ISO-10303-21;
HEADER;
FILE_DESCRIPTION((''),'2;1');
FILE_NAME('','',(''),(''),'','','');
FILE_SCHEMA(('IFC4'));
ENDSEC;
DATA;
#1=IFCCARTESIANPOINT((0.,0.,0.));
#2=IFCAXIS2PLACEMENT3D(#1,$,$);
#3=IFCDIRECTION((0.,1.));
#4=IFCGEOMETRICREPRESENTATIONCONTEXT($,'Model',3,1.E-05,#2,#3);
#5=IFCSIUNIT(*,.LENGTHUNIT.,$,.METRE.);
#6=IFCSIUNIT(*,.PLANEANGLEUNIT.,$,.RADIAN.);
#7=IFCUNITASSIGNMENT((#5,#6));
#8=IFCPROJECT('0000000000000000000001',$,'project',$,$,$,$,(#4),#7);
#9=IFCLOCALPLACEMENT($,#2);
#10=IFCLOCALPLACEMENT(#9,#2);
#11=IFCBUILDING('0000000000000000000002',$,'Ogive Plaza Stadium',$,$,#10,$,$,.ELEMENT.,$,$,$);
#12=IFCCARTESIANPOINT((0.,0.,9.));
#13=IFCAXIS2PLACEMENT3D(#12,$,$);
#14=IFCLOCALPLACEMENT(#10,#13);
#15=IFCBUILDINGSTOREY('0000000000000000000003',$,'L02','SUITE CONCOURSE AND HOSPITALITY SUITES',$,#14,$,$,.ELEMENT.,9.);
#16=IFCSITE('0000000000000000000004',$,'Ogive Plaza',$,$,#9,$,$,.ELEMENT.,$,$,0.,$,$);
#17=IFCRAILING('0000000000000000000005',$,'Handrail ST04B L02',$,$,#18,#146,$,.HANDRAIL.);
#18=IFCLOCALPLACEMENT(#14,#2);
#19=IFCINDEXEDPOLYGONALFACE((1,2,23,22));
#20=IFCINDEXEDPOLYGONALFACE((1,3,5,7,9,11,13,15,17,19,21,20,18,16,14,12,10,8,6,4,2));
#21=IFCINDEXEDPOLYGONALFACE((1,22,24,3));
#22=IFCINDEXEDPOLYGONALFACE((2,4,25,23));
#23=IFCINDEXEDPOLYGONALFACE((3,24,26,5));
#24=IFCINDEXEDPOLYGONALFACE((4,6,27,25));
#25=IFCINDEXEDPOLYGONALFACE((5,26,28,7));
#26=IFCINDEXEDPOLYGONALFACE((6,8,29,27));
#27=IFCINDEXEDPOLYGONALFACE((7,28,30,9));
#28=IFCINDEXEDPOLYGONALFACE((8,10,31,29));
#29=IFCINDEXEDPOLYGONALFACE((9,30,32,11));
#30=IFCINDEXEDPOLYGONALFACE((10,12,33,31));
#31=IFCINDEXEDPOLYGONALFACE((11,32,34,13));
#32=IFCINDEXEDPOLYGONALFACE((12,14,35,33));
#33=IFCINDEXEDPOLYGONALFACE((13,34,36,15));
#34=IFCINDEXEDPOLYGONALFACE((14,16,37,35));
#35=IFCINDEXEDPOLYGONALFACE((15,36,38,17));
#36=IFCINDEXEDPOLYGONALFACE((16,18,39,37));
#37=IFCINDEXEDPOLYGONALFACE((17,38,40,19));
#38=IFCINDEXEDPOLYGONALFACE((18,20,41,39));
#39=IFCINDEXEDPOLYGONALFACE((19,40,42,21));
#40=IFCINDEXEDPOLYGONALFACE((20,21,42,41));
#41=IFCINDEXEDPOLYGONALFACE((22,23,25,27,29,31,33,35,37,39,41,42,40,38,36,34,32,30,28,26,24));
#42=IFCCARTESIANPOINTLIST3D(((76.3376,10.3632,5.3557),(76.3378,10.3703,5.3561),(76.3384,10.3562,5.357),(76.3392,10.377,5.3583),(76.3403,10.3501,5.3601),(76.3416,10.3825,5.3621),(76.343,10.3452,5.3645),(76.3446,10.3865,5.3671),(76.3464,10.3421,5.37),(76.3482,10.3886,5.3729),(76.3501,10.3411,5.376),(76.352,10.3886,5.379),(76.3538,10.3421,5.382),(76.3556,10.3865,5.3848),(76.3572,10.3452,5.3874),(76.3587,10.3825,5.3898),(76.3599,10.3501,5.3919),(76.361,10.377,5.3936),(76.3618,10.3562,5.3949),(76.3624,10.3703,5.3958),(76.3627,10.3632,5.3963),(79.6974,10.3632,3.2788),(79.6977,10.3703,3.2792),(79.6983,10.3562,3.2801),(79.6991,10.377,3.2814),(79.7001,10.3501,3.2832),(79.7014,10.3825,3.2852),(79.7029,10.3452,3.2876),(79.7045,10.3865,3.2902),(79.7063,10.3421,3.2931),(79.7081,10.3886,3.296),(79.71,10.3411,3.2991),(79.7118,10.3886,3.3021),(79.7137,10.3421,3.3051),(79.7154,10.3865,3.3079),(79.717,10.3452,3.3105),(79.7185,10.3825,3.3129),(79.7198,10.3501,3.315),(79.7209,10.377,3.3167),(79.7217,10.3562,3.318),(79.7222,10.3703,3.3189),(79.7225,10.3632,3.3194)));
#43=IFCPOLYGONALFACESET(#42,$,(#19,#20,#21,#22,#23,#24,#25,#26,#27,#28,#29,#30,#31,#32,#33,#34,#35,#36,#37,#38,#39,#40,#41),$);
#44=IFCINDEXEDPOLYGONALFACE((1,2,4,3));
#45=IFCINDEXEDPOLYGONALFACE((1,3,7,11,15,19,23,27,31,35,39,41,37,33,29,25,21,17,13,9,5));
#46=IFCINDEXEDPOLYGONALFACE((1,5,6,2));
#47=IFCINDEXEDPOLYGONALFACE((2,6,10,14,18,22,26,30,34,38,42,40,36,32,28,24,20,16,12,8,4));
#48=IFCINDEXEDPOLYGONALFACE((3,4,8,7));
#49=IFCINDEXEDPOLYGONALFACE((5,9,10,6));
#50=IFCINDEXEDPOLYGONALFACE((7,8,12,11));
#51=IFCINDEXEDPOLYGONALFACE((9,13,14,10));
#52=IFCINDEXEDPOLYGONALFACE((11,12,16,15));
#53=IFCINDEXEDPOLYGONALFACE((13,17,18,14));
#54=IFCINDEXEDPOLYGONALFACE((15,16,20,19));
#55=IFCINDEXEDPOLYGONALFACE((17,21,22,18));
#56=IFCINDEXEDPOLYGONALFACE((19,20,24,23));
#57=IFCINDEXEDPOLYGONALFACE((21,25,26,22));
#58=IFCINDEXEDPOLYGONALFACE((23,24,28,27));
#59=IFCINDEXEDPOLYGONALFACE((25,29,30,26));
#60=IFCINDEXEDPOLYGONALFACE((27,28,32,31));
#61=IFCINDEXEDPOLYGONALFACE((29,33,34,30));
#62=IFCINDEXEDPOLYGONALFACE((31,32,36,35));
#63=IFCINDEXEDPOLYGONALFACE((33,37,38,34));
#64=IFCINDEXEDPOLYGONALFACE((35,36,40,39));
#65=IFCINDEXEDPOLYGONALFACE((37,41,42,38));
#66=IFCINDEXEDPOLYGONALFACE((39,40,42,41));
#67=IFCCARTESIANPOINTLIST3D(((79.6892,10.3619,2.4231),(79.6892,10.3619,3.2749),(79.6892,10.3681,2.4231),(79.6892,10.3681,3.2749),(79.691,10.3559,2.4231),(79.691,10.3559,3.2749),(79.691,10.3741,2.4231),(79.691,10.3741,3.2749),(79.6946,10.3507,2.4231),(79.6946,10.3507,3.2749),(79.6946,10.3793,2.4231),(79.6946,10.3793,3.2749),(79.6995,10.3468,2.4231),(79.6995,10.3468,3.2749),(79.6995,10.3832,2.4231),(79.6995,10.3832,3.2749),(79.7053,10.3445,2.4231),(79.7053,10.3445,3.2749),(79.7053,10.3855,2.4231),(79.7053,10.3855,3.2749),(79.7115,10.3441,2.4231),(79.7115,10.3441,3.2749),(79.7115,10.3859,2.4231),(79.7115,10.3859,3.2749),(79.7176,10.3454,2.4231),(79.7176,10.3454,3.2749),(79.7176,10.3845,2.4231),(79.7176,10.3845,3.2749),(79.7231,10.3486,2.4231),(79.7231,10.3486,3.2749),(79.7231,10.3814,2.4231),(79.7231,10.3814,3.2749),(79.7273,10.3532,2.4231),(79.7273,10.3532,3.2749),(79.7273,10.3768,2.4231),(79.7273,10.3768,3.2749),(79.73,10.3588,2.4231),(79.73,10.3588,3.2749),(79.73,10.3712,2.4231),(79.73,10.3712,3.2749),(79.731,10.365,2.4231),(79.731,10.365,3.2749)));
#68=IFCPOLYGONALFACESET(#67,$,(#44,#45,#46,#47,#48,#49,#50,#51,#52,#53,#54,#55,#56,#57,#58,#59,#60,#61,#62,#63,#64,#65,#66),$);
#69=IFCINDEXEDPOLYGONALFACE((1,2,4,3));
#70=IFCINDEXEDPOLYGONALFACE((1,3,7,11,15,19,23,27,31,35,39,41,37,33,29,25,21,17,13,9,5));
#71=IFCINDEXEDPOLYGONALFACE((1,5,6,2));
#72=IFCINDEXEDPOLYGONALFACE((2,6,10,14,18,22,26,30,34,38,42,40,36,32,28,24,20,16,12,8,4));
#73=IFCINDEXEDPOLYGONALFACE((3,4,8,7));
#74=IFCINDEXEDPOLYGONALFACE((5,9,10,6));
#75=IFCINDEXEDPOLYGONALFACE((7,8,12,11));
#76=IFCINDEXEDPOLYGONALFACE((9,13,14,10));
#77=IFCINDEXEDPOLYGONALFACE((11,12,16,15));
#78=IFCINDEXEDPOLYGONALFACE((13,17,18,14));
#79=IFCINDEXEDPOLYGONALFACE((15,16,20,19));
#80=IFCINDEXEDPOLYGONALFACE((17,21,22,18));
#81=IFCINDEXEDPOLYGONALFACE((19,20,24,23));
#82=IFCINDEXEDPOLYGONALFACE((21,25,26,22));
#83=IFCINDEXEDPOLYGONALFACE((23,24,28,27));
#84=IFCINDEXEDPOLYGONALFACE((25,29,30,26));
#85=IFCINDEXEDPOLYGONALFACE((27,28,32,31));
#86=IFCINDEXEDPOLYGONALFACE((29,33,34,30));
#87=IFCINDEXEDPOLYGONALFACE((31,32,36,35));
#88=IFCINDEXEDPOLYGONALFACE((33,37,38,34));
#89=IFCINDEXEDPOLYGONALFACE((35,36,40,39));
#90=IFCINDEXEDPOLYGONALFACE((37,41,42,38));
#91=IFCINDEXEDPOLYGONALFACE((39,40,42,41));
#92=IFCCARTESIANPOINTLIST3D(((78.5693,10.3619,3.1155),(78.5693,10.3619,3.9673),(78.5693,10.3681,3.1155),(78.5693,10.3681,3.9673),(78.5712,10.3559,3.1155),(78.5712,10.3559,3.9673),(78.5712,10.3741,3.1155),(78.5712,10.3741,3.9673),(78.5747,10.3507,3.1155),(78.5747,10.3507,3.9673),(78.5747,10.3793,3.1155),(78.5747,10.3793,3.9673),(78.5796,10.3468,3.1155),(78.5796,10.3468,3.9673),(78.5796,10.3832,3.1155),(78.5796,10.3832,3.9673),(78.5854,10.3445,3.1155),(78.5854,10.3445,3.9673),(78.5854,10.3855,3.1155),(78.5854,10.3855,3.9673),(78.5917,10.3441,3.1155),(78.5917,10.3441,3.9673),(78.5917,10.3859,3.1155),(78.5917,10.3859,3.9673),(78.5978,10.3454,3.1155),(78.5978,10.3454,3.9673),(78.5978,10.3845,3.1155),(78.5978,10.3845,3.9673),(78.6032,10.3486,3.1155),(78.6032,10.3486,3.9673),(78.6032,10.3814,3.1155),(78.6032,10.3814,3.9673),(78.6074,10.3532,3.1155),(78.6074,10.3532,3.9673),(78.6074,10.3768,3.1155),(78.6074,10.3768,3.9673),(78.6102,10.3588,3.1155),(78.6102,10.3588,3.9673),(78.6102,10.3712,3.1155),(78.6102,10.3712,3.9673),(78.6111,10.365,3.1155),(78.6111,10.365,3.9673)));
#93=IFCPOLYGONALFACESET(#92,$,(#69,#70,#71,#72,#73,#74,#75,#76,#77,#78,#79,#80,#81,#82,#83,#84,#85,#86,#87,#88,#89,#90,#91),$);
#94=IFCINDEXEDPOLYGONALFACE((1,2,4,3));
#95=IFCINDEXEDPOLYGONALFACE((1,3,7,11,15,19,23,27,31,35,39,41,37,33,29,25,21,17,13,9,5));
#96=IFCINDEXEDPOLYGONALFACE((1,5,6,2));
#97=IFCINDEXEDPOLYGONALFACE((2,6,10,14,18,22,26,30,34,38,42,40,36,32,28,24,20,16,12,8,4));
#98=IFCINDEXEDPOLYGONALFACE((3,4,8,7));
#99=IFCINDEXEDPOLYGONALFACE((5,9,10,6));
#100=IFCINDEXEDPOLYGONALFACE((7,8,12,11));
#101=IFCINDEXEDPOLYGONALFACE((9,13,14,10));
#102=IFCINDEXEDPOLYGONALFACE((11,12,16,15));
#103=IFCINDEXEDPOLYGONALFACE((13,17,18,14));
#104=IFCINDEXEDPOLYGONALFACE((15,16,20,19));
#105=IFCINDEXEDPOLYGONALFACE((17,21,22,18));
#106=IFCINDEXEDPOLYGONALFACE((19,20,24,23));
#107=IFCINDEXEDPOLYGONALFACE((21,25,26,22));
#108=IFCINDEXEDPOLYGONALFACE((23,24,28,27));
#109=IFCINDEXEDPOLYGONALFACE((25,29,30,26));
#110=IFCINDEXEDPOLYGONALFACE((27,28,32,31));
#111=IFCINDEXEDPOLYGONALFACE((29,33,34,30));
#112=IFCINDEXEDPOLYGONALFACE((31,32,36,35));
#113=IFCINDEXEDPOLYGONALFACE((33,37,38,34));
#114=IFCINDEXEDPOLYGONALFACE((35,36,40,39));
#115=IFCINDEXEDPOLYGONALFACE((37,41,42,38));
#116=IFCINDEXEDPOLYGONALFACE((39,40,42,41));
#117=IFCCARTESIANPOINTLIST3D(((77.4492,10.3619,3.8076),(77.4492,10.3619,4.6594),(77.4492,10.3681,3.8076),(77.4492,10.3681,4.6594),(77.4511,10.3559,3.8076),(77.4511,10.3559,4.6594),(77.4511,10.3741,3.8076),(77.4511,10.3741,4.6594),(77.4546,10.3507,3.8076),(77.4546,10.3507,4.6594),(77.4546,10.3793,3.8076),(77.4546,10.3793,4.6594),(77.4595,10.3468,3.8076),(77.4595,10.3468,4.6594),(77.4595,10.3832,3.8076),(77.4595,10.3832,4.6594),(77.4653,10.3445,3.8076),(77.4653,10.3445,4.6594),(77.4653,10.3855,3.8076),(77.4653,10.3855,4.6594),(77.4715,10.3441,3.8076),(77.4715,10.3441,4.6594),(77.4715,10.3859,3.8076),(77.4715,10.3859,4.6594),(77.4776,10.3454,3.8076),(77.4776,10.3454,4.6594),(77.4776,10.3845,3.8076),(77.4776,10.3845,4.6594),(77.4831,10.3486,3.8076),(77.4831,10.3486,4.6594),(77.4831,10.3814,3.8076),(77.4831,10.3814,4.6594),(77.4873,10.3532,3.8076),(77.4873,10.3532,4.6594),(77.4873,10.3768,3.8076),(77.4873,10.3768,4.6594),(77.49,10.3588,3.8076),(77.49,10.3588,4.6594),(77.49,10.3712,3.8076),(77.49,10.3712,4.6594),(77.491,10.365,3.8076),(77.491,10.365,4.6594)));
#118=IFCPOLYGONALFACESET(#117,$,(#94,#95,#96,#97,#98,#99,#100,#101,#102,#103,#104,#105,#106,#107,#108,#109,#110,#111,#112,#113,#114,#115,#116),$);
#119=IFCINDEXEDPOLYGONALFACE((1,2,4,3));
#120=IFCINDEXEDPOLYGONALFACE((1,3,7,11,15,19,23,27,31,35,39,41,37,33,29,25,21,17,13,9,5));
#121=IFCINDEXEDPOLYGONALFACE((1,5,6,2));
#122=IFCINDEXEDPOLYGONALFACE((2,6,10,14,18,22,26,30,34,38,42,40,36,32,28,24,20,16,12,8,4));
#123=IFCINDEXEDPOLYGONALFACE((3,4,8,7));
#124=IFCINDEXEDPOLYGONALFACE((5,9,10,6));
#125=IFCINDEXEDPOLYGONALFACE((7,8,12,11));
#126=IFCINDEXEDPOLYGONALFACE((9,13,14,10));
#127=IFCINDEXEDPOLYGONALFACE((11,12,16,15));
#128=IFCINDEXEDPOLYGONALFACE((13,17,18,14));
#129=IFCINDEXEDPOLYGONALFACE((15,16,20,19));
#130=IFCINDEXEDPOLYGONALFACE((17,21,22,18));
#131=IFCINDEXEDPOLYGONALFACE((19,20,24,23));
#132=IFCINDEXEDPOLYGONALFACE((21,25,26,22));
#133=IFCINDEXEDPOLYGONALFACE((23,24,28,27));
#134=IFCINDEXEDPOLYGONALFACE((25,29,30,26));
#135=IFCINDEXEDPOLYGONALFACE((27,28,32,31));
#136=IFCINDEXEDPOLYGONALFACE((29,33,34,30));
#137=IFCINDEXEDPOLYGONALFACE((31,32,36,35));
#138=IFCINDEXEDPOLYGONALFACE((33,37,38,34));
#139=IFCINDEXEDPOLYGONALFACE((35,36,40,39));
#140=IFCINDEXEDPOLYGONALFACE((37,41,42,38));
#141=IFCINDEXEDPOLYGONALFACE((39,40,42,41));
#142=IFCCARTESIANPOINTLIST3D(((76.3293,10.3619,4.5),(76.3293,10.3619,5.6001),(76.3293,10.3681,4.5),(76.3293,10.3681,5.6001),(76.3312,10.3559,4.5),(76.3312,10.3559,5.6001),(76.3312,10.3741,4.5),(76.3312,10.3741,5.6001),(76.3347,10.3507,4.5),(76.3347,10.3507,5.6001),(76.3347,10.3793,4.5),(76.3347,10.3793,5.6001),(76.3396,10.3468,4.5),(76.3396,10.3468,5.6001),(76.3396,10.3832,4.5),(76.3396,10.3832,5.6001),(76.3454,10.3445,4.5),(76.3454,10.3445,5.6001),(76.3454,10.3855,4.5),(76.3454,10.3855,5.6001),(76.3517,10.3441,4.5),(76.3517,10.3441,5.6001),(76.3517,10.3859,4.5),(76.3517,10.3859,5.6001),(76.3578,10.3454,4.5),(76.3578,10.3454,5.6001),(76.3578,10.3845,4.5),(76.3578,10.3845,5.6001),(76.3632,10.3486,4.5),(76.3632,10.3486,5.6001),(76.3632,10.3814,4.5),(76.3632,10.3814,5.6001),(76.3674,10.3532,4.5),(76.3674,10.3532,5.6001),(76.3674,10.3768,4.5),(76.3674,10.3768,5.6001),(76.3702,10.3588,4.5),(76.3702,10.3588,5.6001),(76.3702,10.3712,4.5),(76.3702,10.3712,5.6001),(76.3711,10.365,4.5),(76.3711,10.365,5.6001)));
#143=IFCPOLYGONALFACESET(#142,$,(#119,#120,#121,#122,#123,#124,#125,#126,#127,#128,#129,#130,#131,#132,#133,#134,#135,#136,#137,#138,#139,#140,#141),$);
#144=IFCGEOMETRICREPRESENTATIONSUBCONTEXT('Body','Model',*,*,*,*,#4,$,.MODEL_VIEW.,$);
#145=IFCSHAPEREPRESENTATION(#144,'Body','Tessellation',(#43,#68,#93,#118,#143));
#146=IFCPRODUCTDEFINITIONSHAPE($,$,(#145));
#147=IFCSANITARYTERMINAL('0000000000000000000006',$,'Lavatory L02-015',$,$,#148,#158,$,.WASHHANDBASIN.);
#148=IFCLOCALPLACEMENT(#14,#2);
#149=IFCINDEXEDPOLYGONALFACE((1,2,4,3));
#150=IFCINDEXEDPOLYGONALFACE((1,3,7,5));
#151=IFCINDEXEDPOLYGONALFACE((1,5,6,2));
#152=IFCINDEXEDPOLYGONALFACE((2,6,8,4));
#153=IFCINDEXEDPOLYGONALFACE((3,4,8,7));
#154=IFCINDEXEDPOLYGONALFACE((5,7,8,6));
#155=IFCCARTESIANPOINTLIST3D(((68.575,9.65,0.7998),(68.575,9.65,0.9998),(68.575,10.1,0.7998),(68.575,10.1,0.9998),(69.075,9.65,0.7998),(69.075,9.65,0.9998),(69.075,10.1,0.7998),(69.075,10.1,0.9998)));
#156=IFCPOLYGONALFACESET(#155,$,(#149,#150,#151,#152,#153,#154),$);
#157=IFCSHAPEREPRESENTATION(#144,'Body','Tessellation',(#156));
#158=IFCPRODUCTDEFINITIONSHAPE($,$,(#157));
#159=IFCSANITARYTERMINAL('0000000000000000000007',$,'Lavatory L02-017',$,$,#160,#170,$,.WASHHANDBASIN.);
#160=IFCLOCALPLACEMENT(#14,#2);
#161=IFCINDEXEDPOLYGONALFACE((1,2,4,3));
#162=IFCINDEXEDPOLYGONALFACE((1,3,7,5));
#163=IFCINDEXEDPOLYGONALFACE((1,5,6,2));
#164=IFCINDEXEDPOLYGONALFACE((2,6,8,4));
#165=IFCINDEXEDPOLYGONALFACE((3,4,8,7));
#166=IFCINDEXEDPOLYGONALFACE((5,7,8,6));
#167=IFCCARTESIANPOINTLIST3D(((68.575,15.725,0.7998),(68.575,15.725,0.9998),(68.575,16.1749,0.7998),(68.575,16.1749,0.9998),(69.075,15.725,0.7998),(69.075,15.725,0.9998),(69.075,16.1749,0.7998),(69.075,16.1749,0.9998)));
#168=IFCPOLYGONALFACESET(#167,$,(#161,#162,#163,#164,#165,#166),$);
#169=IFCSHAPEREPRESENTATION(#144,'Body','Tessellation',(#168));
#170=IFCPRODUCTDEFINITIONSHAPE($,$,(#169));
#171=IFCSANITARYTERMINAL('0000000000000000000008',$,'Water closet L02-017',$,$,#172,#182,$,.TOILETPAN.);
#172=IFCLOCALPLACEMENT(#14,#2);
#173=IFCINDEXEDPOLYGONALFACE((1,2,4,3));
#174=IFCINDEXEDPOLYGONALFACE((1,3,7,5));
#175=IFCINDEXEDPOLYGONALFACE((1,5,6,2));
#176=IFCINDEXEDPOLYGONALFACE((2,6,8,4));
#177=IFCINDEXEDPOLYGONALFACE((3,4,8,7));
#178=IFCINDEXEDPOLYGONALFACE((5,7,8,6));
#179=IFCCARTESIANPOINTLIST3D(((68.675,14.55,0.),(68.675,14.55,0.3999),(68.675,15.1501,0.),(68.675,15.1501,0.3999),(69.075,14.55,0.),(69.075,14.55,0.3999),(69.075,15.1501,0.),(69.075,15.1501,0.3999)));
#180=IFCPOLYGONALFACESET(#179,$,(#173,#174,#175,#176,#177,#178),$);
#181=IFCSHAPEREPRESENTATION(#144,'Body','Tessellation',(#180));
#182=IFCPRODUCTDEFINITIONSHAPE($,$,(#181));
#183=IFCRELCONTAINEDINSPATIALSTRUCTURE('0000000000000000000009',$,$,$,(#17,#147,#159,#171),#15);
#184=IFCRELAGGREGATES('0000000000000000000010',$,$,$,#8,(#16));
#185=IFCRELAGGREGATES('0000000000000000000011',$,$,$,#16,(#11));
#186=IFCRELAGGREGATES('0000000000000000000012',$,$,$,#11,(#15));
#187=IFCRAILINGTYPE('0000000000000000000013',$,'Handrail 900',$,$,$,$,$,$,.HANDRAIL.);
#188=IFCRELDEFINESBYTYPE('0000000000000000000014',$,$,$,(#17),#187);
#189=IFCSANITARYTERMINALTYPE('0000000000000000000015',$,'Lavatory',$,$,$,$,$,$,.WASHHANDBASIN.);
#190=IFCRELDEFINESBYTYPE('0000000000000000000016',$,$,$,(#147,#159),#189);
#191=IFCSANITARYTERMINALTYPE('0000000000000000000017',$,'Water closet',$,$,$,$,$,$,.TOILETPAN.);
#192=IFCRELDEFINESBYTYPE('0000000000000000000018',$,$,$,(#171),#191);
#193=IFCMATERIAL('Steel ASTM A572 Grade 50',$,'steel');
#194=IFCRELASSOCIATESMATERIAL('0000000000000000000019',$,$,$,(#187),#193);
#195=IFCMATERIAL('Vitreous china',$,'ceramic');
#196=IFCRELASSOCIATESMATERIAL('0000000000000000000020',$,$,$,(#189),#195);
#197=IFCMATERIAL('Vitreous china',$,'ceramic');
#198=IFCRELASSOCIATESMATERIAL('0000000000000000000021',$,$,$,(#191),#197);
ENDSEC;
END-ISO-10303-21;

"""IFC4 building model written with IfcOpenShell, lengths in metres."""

from ifc_helpers import new_model, si_unit, direction, frame, origin, origin_2d, place, context, subcontext, project, spatial, rectangle, circle, extrude, material, type_object, element, save


model = new_model("IFC4")

# Units and contexts
model_context = context("Model", 3, precision=1e-05, world=origin(), true_north=direction((0.0, 1.0)))
body_context = subcontext(model_context, "Body", "Model", "MODEL_VIEW")
ifc_project = project(units=[si_unit("LENGTHUNIT", "METRE"), si_unit("PLANEANGLEUNIT", "RADIAN")], contexts=[model_context])

# Site, building, storey
site_placement = place(None, origin())
site = spatial("IfcSite", under=ifc_project, at=site_placement, Name="Ogive Plaza", CompositionType="ELEMENT", RefElevation=0.0)
building_placement = place(site_placement, origin())
building = spatial("IfcBuilding", under=site, at=building_placement, Name="Ogive Plaza Stadium", CompositionType="ELEMENT")
storey_placement = place(building_placement, frame((0.0, 0.0, 9.0)))
storey = spatial("IfcBuildingStorey", under=building, at=storey_placement, Name="L02", Description="SUITE CONCOURSE AND HOSPITALITY SUITES", CompositionType="ELEMENT", Elevation=9.0)

# Railing
ifc_material_1 = material(Name="Steel ASTM A572 Grade 50", Category="steel")
railing_type_1 = type_object("IfcRailingType", Name="Handrail 900", PredefinedType="HANDRAIL", material=ifc_material_1)
railing_placement = place(storey_placement, frame((79.71, 10.365, 2.4231)))
element("IfcRailing", 1, at=railing_placement, inside=storey, type_object=railing_type_1, Name="Handrail ST04B L02", PredefinedType="HANDRAIL", context=body_context, shape_type="SweptSolid", body=[
    extrude(circle(Radius=0.0239, at=origin_2d()), frame((0.0, 0.0, 0.876), z_axis=(-0.850606, 0.0, 0.525803), x_axis=(0.0, -1.0, 0.0)), (0.0, 0.0, 1.0), 3.95),
    extrude(circle(Radius=0.021, at=origin_2d()), origin(), (0.0, 0.0, 1.0), 0.8518),
    extrude(circle(Radius=0.021, at=origin_2d()), frame((-1.1199, 0.0, 0.6924)), (0.0, 0.0, 1.0), 0.8518),
    extrude(circle(Radius=0.021, at=origin_2d()), frame((-2.24, 0.0, 1.3845)), (0.0, 0.0, 1.0), 0.8518),
    extrude(circle(Radius=0.021, at=origin_2d()), frame((-3.3599, 0.0, 2.0769)), (0.0, 0.0, 1.0), 1.1001),
])

# Sanitary terminals
ifc_material_2 = material(Name="Vitreous china", Category="ceramic")
sanitary_terminal_type_1 = type_object("IfcSanitaryTerminalType", Name="Lavatory", PredefinedType="WASHHANDBASIN", material=ifc_material_2)
for number, where, z_axis, x_axis, name in (
    (2, (68.825, 9.875, 0.7998), (0.0, 0.0, 1.0), (-1.0, 0.0, 0.0), "Lavatory L02-015"),
    (3, (68.825, 15.95, 0.7998), (0.0, 0.0, 1.0), (-1.0, 0.0, 0.0), "Lavatory L02-017"),
):
    element("IfcSanitaryTerminal", number, at=place(storey_placement, frame(where, z_axis=z_axis, x_axis=x_axis)), inside=storey, type_object=sanitary_terminal_type_1, Name=name, PredefinedType="WASHHANDBASIN", context=body_context, shape_type="SweptSolid", body=[
        extrude(rectangle(XDim=0.5, YDim=0.45, at=origin_2d()), origin(), (0.0, 0.0, 1.0), 0.2),
    ])
ifc_material_3 = material(Name="Vitreous china", Category="ceramic")
sanitary_terminal_type_2 = type_object("IfcSanitaryTerminalType", Name="Water closet", PredefinedType="TOILETPAN", material=ifc_material_3)
sanitary_terminal_placement = place(storey_placement, frame((68.875, 14.8501, 0.0), z_axis=(0.0, 0.0, 1.0), x_axis=(-1.0, 0.0, 0.0)))
element("IfcSanitaryTerminal", 4, at=sanitary_terminal_placement, inside=storey, type_object=sanitary_terminal_type_2, Name="Water closet L02-017", PredefinedType="TOILETPAN", context=body_context, shape_type="SweptSolid", body=[
    extrude(rectangle(XDim=0.3999, YDim=0.6001, at=origin_2d()), origin(), (0.0, 0.0, 1.0), 0.3999),
])

save(model, "model.ifc")
